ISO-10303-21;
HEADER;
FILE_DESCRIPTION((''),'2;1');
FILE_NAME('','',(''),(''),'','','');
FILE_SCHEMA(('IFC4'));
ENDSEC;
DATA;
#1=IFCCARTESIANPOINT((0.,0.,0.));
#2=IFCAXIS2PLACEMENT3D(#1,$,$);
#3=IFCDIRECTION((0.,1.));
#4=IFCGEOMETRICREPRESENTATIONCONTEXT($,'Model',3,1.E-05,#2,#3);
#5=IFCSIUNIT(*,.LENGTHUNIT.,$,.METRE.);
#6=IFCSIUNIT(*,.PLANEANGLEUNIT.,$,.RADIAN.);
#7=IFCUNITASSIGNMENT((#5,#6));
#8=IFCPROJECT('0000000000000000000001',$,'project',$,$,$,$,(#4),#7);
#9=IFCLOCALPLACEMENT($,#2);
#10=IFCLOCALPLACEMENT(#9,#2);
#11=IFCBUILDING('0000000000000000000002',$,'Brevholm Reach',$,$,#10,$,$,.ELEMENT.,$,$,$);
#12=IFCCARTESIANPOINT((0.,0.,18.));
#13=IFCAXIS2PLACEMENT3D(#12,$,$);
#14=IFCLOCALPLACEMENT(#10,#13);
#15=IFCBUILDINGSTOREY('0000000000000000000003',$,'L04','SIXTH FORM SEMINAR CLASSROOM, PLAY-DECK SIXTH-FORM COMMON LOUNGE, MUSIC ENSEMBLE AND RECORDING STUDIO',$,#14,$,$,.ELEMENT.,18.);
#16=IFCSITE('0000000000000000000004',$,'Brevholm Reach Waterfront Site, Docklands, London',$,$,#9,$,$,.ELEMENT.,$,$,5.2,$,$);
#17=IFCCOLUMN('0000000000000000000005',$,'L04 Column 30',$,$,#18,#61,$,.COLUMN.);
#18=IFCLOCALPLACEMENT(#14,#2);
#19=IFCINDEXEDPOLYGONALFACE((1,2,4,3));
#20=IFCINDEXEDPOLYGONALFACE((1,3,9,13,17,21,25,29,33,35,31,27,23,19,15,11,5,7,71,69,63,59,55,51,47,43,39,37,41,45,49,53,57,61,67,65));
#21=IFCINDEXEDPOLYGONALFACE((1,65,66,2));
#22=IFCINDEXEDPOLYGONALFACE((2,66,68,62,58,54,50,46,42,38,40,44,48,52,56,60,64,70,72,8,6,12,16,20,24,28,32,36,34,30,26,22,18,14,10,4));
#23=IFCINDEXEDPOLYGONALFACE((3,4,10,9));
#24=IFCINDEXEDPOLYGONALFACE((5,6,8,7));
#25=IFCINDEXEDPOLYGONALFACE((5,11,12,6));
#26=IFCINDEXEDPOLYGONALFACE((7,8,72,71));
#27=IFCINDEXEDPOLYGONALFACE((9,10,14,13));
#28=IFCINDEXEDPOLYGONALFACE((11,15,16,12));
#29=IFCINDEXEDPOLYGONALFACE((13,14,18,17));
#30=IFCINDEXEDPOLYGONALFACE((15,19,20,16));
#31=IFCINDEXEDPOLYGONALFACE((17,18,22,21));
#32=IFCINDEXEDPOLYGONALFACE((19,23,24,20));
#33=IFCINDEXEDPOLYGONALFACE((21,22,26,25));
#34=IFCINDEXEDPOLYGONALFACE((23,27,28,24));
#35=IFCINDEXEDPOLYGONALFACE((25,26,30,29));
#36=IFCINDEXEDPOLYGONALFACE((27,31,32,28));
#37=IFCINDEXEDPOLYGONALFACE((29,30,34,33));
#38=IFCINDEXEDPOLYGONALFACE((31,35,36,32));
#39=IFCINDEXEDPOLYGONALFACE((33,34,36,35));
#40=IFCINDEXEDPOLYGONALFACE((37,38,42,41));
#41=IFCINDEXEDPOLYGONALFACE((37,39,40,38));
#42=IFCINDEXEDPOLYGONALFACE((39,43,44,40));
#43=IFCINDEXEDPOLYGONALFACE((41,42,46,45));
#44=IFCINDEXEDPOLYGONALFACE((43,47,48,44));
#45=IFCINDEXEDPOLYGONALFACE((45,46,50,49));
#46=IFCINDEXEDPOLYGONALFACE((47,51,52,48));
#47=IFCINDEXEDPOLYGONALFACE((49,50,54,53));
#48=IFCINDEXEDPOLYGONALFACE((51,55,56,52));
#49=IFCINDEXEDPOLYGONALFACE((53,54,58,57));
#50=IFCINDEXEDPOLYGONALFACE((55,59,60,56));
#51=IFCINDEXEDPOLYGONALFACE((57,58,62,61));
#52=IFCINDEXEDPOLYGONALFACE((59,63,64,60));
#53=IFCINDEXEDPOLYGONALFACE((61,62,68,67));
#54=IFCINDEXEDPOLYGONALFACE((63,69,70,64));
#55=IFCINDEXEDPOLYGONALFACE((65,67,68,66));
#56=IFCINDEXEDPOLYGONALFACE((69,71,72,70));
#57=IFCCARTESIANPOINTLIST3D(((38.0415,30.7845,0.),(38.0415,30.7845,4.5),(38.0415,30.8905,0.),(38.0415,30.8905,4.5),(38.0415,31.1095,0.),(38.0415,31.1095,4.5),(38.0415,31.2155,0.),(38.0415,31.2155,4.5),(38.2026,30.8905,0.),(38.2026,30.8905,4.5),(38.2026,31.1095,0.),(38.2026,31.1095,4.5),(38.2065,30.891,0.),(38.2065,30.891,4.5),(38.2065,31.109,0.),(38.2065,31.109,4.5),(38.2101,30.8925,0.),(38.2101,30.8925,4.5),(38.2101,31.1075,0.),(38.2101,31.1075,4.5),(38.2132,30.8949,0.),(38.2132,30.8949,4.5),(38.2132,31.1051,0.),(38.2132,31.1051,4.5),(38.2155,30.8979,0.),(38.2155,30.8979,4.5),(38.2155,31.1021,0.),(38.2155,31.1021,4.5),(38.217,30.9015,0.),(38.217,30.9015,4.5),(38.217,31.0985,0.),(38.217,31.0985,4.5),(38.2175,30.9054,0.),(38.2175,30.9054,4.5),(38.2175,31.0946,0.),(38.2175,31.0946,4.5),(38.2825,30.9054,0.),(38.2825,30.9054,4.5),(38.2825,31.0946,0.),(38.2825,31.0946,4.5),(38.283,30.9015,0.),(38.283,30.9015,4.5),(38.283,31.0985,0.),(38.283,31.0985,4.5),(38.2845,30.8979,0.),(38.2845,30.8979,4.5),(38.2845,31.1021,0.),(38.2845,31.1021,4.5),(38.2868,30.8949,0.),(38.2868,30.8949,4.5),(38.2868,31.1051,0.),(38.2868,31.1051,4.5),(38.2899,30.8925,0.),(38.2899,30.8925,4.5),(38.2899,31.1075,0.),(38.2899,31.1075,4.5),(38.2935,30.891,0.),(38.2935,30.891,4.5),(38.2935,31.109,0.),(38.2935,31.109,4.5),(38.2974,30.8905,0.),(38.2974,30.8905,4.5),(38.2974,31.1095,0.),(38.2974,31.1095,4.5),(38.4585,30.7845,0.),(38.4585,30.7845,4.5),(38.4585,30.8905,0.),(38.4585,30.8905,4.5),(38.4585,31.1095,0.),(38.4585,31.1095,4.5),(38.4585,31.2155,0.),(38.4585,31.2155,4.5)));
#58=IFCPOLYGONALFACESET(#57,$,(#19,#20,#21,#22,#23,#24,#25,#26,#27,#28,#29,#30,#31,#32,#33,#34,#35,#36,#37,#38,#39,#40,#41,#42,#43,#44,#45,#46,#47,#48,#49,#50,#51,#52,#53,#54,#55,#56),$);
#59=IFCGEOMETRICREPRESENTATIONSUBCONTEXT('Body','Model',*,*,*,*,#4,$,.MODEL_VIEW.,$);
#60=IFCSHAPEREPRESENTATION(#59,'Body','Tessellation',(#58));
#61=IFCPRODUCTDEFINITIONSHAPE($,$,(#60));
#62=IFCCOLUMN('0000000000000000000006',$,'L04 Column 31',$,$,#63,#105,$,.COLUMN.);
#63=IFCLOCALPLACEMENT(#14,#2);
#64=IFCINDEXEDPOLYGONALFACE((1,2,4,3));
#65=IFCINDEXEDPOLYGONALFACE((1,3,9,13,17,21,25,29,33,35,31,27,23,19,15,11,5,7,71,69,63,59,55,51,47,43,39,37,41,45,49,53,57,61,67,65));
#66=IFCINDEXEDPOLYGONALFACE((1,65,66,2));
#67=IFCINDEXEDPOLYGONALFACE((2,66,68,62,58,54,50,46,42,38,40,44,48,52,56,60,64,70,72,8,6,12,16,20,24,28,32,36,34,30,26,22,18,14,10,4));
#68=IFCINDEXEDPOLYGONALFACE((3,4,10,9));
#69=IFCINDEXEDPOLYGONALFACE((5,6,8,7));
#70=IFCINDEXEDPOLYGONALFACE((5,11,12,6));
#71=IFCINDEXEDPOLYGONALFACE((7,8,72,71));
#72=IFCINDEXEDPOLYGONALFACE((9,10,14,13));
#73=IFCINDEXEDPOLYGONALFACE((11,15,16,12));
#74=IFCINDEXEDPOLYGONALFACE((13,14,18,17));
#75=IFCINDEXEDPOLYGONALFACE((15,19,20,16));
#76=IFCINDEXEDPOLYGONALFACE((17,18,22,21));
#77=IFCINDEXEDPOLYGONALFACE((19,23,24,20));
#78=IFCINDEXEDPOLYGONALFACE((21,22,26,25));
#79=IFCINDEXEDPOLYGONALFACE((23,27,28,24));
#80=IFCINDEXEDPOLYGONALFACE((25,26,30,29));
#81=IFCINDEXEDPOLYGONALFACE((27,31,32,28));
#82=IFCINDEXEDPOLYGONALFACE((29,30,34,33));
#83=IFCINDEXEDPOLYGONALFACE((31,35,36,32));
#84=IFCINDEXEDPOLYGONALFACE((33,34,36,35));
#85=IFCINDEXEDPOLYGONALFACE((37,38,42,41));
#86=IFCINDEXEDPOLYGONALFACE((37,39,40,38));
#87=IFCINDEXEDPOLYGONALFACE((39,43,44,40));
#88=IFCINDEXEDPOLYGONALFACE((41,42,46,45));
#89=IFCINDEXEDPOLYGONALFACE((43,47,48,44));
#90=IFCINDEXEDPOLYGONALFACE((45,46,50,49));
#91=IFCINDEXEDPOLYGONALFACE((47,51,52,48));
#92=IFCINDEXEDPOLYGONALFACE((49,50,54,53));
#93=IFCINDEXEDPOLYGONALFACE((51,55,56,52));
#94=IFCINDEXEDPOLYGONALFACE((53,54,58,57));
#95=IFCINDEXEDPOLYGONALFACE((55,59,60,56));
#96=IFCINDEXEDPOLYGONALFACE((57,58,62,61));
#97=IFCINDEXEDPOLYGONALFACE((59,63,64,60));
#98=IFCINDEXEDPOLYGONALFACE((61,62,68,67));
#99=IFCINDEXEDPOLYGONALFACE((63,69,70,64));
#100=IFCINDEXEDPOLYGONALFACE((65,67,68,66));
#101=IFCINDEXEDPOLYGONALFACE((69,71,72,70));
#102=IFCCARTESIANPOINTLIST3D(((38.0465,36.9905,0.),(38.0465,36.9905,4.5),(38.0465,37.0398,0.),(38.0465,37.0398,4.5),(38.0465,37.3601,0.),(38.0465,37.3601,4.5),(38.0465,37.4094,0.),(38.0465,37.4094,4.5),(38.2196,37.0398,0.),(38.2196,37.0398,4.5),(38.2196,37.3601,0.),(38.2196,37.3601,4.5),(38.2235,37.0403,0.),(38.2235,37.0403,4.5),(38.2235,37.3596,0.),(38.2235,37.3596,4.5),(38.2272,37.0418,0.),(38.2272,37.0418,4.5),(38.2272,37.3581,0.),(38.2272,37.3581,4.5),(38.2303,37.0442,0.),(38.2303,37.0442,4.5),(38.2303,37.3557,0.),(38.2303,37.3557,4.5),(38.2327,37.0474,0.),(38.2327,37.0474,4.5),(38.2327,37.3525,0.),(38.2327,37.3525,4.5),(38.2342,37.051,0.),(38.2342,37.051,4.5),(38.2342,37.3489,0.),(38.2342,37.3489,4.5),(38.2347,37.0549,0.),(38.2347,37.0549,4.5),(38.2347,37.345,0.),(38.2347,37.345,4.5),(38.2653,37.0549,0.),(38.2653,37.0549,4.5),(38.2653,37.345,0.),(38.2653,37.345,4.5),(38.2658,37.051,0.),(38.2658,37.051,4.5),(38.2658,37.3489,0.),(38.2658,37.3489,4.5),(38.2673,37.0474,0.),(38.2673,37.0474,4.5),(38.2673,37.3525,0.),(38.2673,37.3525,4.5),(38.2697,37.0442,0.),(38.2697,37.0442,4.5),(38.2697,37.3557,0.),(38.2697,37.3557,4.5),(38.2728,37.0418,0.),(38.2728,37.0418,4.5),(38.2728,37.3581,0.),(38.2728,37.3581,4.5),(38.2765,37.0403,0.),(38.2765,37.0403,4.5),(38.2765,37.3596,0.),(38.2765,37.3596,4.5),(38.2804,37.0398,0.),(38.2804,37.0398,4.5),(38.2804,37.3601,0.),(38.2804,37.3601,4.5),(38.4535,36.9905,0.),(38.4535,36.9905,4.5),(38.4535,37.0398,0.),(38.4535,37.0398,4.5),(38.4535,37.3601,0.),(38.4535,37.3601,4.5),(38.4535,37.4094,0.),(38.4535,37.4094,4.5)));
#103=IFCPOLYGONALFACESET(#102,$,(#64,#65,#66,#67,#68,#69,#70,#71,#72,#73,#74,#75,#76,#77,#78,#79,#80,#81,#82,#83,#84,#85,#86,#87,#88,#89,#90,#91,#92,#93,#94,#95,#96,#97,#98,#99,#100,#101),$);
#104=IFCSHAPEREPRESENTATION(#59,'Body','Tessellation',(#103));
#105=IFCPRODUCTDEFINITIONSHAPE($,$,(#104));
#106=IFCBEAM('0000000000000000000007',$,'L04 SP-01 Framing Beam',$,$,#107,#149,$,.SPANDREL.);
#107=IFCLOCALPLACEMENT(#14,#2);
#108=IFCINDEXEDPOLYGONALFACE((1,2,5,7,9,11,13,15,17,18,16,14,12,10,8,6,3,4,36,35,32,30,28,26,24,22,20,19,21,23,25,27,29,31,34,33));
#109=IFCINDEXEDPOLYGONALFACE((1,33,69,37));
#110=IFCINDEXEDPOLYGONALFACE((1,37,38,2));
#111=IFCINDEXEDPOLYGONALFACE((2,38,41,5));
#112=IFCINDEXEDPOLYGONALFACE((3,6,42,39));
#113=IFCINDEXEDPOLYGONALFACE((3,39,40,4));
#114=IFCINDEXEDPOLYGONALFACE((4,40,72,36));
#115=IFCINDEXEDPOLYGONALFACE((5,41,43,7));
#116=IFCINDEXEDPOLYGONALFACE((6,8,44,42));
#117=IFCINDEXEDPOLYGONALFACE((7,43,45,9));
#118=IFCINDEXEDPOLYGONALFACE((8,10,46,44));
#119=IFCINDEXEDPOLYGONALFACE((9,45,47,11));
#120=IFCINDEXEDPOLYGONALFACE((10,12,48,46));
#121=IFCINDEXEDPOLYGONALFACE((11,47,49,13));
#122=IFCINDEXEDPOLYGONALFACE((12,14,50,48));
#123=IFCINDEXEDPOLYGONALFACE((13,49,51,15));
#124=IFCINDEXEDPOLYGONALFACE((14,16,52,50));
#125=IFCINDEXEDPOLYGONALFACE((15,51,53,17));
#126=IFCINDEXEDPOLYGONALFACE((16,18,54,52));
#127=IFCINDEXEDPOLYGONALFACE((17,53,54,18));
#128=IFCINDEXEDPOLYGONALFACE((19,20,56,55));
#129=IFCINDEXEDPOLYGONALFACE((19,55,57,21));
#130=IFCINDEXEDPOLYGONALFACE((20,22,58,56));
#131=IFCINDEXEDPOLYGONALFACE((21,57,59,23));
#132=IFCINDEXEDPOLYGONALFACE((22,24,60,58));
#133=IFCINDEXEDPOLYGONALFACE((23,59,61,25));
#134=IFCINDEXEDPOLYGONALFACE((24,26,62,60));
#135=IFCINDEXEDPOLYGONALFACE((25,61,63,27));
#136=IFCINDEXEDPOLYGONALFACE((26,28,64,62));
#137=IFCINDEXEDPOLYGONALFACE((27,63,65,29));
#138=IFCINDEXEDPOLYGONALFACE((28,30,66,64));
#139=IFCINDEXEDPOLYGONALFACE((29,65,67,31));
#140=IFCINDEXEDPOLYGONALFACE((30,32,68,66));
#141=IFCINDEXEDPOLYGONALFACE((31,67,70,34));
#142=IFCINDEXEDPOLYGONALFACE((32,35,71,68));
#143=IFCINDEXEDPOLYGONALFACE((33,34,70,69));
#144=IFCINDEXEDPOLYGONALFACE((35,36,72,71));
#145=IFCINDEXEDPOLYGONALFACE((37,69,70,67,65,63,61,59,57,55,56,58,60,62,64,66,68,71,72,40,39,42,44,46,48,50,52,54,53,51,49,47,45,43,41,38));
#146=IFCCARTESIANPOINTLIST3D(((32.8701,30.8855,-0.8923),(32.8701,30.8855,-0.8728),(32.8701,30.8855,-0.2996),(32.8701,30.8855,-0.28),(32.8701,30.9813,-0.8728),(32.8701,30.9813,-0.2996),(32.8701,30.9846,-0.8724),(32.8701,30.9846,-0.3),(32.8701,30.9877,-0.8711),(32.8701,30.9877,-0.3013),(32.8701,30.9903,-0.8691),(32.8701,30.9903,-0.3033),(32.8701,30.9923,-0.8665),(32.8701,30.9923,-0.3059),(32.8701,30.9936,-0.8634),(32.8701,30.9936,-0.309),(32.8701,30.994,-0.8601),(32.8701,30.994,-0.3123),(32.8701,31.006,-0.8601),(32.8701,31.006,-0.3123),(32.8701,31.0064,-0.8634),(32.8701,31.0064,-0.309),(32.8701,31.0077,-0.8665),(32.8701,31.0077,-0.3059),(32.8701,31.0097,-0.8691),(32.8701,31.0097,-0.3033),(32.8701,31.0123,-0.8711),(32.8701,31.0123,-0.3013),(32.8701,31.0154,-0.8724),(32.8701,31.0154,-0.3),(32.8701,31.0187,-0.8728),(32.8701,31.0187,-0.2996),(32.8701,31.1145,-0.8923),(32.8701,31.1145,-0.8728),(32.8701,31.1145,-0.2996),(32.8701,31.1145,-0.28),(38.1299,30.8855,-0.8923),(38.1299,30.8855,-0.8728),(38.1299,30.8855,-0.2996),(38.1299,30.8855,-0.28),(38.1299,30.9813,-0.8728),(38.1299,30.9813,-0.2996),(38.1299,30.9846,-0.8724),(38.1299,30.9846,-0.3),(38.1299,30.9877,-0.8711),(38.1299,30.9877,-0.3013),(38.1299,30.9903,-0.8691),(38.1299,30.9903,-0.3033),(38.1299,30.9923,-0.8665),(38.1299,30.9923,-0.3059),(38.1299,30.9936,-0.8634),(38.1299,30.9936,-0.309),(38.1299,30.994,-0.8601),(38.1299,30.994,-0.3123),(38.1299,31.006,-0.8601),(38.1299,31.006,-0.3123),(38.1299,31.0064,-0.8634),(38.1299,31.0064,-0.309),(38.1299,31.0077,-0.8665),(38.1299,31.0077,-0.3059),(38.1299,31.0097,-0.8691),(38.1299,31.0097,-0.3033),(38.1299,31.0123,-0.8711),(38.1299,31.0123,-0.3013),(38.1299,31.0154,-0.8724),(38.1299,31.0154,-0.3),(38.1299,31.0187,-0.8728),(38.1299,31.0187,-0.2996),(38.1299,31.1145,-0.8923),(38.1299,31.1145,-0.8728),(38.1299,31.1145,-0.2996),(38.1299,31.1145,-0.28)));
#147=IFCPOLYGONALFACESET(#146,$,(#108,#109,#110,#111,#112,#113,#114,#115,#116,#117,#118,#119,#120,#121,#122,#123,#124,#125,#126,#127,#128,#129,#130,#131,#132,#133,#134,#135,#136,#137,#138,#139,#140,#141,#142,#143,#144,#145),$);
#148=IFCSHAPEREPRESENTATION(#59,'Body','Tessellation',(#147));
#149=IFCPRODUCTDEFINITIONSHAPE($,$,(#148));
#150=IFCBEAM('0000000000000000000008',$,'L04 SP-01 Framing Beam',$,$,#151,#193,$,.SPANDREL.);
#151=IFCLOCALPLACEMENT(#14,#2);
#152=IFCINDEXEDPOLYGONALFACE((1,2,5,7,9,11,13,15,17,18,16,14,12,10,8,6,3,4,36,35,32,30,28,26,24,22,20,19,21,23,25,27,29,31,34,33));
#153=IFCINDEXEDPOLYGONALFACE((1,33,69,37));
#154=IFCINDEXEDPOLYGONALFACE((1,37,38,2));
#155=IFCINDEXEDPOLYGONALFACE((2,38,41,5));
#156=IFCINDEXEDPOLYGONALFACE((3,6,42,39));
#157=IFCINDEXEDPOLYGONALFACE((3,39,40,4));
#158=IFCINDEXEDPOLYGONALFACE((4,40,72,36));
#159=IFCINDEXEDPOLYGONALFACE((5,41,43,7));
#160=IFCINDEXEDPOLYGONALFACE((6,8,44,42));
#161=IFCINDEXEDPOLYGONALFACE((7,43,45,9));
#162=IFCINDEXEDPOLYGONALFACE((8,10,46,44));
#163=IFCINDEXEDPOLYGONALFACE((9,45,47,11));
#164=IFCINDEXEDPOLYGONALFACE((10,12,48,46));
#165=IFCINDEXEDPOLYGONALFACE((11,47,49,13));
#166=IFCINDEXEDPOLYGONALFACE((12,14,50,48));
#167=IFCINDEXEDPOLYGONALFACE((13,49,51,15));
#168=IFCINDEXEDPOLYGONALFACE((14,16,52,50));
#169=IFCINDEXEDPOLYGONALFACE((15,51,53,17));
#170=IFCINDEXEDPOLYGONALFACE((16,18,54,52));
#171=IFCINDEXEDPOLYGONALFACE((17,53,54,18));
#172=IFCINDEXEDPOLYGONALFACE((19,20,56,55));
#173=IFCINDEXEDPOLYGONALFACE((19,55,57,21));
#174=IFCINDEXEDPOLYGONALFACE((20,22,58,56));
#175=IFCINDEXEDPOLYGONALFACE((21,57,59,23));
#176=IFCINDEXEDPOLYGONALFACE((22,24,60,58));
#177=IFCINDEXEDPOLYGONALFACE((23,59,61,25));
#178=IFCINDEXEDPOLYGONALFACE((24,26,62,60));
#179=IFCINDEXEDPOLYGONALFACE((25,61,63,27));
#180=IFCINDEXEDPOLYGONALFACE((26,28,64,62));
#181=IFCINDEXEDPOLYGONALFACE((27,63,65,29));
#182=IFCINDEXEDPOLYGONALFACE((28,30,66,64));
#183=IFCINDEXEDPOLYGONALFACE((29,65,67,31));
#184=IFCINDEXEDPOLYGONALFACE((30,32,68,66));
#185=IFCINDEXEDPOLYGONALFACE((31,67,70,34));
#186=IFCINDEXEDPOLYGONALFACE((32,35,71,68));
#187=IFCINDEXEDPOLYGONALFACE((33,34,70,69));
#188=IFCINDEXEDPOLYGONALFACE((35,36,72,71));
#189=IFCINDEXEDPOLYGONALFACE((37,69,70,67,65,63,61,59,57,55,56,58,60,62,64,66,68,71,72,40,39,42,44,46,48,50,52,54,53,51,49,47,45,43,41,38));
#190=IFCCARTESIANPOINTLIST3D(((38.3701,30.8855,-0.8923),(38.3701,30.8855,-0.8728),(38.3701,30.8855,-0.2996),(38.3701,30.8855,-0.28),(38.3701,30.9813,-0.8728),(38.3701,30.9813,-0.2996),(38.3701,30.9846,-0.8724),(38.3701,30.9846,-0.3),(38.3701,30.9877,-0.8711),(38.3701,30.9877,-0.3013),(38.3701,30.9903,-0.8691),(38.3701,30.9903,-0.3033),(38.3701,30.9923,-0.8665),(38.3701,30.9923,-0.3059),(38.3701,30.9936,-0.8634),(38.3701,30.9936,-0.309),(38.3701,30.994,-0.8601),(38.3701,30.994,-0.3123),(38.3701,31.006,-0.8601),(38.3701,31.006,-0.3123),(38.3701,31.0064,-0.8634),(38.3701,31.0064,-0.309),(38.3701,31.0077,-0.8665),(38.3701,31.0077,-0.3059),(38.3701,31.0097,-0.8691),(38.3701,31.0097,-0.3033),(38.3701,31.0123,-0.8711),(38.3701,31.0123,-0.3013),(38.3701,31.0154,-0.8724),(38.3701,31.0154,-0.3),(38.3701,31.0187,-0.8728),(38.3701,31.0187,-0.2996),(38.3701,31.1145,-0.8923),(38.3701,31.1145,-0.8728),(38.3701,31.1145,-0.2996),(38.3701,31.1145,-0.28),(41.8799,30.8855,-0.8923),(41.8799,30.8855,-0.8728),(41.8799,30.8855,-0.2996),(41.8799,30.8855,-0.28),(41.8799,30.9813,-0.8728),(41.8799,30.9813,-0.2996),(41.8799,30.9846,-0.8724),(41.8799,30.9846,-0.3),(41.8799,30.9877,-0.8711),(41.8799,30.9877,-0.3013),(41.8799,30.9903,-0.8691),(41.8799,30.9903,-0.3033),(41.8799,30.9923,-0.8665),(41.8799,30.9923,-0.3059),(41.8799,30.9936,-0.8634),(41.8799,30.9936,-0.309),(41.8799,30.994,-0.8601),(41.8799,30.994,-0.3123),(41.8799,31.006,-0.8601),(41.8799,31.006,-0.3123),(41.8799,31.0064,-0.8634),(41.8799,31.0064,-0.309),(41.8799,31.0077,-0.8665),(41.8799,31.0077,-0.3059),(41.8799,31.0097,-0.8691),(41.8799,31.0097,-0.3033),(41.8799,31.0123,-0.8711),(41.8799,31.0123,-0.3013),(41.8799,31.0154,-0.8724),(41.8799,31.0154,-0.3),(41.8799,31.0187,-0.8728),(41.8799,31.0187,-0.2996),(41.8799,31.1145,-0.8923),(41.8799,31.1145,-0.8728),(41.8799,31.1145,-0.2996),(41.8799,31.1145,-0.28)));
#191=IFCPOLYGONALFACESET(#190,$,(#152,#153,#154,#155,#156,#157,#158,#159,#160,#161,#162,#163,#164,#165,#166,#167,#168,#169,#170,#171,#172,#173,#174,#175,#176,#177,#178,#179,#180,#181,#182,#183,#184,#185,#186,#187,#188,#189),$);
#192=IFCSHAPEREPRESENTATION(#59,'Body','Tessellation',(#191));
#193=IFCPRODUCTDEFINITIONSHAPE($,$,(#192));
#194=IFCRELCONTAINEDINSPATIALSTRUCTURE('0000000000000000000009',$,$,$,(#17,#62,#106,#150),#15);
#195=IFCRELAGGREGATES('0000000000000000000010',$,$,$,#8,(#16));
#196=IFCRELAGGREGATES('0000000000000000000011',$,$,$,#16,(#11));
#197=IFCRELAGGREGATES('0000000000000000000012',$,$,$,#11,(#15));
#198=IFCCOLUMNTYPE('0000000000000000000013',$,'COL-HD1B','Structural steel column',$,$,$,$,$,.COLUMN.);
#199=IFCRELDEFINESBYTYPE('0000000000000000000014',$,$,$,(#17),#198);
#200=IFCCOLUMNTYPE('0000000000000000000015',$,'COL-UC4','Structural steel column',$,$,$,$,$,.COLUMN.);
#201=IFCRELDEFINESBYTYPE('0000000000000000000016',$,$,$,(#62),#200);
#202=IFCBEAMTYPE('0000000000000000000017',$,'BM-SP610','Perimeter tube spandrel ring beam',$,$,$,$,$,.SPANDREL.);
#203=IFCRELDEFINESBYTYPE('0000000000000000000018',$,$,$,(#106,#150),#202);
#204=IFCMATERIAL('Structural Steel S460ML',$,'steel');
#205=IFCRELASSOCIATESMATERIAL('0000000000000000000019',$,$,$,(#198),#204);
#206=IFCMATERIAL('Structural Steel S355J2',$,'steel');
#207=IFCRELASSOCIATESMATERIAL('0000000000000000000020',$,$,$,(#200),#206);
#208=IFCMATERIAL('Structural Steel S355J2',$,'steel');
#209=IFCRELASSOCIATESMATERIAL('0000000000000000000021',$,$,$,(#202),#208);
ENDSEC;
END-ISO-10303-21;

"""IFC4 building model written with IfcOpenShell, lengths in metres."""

from ifc_helpers import new_model, si_unit, direction, frame, origin, origin_2d, place, context, subcontext, project, spatial, i_section, extrude, material, material_profile, profile_set, type_object, element, save


model = new_model("IFC4")

# Units and contexts
model_context = context("Model", 3, precision=1e-05, world=origin(), true_north=direction((0.0, 1.0)))
body_context = subcontext(model_context, "Body", "Model", "MODEL_VIEW")
ifc_project = project(units=[si_unit("LENGTHUNIT", "METRE"), si_unit("PLANEANGLEUNIT", "RADIAN")], contexts=[model_context])

# Site, building, storey
site_placement = place(None, origin())
site = spatial("IfcSite", under=ifc_project, at=site_placement, Name="Brevholm Reach Waterfront Site, Docklands, London", CompositionType="ELEMENT", RefElevation=5.2)
building_placement = place(site_placement, origin())
building = spatial("IfcBuilding", under=site, at=building_placement, Name="Brevholm Reach", CompositionType="ELEMENT")
storey_placement = place(building_placement, frame((0.0, 0.0, 18.0)))
storey = spatial("IfcBuildingStorey", under=building, at=storey_placement, Name="L04", Description="SIXTH FORM SEMINAR CLASSROOM, PLAY-DECK SIXTH-FORM COMMON LOUNGE, MUSIC ENSEMBLE AND RECORDING STUDIO", CompositionType="ELEMENT", Elevation=18.0)

# Columns
ifc_material_1 = material(Name="Structural Steel S460ML", Category="steel")
ifc_material_profile_1 = material_profile(ifc_material_1, i_section(OverallWidth=0.417, OverallDepth=0.4309, WebThickness=0.0649, FlangeThickness=0.106, FilletRadius=0.0149, at=origin_2d()), Name="HD 400x900")
ifc_profile_set_1 = profile_set([ifc_material_profile_1], Name="Structural Steel S460ML")
column_type_1 = type_object("IfcColumnType", Name="COL-HD1B", Description="Structural steel column", PredefinedType="COLUMN", material=ifc_profile_set_1)
column_1_placement = place(storey_placement, frame((38.25, 31.0, 0.0), z_axis=(0.0, 0.0, 1.0), x_axis=(1.0, 0.0, 0.0)))
element("IfcColumn", 1, at=column_1_placement, inside=storey, type_object=column_type_1, Name="L04 Column 30", PredefinedType="COLUMN", context=body_context, shape_type="SweptSolid", body=[
    extrude(i_section(OverallWidth=0.417, OverallDepth=0.4309, WebThickness=0.0649, FlangeThickness=0.106, FilletRadius=0.0149, at=origin_2d()), origin(), (0.0, 0.0, 1.0), 4.5),
])
ifc_material_2 = material(Name="Structural Steel S355J2", Category="steel")
ifc_material_profile_2 = material_profile(ifc_material_2, i_section(OverallWidth=0.407, OverallDepth=0.4189, WebThickness=0.0305, FlangeThickness=0.0493, FilletRadius=0.0151, at=origin_2d()), Name="UKC 356x406x393")
ifc_profile_set_2 = profile_set([ifc_material_profile_2], Name="Structural Steel S355J2")
column_type_2 = type_object("IfcColumnType", Name="COL-UC4", Description="Structural steel column", PredefinedType="COLUMN", material=ifc_profile_set_2)
column_2_placement = place(storey_placement, frame((38.25, 37.2, 0.0), z_axis=(0.0, 0.0, 1.0), x_axis=(1.0, 0.0, 0.0)))
element("IfcColumn", 2, at=column_2_placement, inside=storey, type_object=column_type_2, Name="L04 Column 31", PredefinedType="COLUMN", context=body_context, shape_type="SweptSolid", body=[
    extrude(i_section(OverallWidth=0.407, OverallDepth=0.4189, WebThickness=0.0305, FlangeThickness=0.0493, FilletRadius=0.0151, at=origin_2d()), origin(), (0.0, 0.0, 1.0), 4.5),
])

# Beams
ifc_material_3 = material(Name="Structural Steel S355J2", Category="steel")
ifc_material_profile_3 = material_profile(ifc_material_3, i_section(OverallWidth=0.229, OverallDepth=0.6123, WebThickness=0.012, FlangeThickness=0.0195, FilletRadius=0.0127, at=origin_2d()), Name="UKB 610x229x125")
ifc_profile_set_3 = profile_set([ifc_material_profile_3], Name="Structural Steel S355J2")
beam_type_1 = type_object("IfcBeamType", Name="BM-SP610", Description="Perimeter tube spandrel ring beam", PredefinedType="SPANDREL", material=ifc_profile_set_3)
beam_1_placement = place(storey_placement, frame((32.8701, 31.0, -0.5862), z_axis=(1.0, 0.0, 0.0), x_axis=(0.0, 1.0, 0.0)))
element("IfcBeam", 3, at=beam_1_placement, inside=storey, type_object=beam_type_1, Name="L04 SP-01 Framing Beam", PredefinedType="SPANDREL", context=body_context, shape_type="SweptSolid", body=[
    extrude(i_section(OverallWidth=0.229, OverallDepth=0.6123, WebThickness=0.012, FlangeThickness=0.0195, FilletRadius=0.0127, at=origin_2d()), origin(), (0.0, 0.0, 1.0), 5.2598),
])
beam_2_placement = place(storey_placement, frame((38.3701, 31.0, -0.5862), z_axis=(1.0, 0.0, 0.0), x_axis=(0.0, 1.0, 0.0)))
element("IfcBeam", 4, at=beam_2_placement, inside=storey, type_object=beam_type_1, Name="L04 SP-01 Framing Beam", PredefinedType="SPANDREL", context=body_context, shape_type="SweptSolid", body=[
    extrude(i_section(OverallWidth=0.229, OverallDepth=0.6123, WebThickness=0.012, FlangeThickness=0.0195, FilletRadius=0.0127, at=origin_2d()), origin(), (0.0, 0.0, 1.0), 3.5098),
])

save(model, "model.ifc")
